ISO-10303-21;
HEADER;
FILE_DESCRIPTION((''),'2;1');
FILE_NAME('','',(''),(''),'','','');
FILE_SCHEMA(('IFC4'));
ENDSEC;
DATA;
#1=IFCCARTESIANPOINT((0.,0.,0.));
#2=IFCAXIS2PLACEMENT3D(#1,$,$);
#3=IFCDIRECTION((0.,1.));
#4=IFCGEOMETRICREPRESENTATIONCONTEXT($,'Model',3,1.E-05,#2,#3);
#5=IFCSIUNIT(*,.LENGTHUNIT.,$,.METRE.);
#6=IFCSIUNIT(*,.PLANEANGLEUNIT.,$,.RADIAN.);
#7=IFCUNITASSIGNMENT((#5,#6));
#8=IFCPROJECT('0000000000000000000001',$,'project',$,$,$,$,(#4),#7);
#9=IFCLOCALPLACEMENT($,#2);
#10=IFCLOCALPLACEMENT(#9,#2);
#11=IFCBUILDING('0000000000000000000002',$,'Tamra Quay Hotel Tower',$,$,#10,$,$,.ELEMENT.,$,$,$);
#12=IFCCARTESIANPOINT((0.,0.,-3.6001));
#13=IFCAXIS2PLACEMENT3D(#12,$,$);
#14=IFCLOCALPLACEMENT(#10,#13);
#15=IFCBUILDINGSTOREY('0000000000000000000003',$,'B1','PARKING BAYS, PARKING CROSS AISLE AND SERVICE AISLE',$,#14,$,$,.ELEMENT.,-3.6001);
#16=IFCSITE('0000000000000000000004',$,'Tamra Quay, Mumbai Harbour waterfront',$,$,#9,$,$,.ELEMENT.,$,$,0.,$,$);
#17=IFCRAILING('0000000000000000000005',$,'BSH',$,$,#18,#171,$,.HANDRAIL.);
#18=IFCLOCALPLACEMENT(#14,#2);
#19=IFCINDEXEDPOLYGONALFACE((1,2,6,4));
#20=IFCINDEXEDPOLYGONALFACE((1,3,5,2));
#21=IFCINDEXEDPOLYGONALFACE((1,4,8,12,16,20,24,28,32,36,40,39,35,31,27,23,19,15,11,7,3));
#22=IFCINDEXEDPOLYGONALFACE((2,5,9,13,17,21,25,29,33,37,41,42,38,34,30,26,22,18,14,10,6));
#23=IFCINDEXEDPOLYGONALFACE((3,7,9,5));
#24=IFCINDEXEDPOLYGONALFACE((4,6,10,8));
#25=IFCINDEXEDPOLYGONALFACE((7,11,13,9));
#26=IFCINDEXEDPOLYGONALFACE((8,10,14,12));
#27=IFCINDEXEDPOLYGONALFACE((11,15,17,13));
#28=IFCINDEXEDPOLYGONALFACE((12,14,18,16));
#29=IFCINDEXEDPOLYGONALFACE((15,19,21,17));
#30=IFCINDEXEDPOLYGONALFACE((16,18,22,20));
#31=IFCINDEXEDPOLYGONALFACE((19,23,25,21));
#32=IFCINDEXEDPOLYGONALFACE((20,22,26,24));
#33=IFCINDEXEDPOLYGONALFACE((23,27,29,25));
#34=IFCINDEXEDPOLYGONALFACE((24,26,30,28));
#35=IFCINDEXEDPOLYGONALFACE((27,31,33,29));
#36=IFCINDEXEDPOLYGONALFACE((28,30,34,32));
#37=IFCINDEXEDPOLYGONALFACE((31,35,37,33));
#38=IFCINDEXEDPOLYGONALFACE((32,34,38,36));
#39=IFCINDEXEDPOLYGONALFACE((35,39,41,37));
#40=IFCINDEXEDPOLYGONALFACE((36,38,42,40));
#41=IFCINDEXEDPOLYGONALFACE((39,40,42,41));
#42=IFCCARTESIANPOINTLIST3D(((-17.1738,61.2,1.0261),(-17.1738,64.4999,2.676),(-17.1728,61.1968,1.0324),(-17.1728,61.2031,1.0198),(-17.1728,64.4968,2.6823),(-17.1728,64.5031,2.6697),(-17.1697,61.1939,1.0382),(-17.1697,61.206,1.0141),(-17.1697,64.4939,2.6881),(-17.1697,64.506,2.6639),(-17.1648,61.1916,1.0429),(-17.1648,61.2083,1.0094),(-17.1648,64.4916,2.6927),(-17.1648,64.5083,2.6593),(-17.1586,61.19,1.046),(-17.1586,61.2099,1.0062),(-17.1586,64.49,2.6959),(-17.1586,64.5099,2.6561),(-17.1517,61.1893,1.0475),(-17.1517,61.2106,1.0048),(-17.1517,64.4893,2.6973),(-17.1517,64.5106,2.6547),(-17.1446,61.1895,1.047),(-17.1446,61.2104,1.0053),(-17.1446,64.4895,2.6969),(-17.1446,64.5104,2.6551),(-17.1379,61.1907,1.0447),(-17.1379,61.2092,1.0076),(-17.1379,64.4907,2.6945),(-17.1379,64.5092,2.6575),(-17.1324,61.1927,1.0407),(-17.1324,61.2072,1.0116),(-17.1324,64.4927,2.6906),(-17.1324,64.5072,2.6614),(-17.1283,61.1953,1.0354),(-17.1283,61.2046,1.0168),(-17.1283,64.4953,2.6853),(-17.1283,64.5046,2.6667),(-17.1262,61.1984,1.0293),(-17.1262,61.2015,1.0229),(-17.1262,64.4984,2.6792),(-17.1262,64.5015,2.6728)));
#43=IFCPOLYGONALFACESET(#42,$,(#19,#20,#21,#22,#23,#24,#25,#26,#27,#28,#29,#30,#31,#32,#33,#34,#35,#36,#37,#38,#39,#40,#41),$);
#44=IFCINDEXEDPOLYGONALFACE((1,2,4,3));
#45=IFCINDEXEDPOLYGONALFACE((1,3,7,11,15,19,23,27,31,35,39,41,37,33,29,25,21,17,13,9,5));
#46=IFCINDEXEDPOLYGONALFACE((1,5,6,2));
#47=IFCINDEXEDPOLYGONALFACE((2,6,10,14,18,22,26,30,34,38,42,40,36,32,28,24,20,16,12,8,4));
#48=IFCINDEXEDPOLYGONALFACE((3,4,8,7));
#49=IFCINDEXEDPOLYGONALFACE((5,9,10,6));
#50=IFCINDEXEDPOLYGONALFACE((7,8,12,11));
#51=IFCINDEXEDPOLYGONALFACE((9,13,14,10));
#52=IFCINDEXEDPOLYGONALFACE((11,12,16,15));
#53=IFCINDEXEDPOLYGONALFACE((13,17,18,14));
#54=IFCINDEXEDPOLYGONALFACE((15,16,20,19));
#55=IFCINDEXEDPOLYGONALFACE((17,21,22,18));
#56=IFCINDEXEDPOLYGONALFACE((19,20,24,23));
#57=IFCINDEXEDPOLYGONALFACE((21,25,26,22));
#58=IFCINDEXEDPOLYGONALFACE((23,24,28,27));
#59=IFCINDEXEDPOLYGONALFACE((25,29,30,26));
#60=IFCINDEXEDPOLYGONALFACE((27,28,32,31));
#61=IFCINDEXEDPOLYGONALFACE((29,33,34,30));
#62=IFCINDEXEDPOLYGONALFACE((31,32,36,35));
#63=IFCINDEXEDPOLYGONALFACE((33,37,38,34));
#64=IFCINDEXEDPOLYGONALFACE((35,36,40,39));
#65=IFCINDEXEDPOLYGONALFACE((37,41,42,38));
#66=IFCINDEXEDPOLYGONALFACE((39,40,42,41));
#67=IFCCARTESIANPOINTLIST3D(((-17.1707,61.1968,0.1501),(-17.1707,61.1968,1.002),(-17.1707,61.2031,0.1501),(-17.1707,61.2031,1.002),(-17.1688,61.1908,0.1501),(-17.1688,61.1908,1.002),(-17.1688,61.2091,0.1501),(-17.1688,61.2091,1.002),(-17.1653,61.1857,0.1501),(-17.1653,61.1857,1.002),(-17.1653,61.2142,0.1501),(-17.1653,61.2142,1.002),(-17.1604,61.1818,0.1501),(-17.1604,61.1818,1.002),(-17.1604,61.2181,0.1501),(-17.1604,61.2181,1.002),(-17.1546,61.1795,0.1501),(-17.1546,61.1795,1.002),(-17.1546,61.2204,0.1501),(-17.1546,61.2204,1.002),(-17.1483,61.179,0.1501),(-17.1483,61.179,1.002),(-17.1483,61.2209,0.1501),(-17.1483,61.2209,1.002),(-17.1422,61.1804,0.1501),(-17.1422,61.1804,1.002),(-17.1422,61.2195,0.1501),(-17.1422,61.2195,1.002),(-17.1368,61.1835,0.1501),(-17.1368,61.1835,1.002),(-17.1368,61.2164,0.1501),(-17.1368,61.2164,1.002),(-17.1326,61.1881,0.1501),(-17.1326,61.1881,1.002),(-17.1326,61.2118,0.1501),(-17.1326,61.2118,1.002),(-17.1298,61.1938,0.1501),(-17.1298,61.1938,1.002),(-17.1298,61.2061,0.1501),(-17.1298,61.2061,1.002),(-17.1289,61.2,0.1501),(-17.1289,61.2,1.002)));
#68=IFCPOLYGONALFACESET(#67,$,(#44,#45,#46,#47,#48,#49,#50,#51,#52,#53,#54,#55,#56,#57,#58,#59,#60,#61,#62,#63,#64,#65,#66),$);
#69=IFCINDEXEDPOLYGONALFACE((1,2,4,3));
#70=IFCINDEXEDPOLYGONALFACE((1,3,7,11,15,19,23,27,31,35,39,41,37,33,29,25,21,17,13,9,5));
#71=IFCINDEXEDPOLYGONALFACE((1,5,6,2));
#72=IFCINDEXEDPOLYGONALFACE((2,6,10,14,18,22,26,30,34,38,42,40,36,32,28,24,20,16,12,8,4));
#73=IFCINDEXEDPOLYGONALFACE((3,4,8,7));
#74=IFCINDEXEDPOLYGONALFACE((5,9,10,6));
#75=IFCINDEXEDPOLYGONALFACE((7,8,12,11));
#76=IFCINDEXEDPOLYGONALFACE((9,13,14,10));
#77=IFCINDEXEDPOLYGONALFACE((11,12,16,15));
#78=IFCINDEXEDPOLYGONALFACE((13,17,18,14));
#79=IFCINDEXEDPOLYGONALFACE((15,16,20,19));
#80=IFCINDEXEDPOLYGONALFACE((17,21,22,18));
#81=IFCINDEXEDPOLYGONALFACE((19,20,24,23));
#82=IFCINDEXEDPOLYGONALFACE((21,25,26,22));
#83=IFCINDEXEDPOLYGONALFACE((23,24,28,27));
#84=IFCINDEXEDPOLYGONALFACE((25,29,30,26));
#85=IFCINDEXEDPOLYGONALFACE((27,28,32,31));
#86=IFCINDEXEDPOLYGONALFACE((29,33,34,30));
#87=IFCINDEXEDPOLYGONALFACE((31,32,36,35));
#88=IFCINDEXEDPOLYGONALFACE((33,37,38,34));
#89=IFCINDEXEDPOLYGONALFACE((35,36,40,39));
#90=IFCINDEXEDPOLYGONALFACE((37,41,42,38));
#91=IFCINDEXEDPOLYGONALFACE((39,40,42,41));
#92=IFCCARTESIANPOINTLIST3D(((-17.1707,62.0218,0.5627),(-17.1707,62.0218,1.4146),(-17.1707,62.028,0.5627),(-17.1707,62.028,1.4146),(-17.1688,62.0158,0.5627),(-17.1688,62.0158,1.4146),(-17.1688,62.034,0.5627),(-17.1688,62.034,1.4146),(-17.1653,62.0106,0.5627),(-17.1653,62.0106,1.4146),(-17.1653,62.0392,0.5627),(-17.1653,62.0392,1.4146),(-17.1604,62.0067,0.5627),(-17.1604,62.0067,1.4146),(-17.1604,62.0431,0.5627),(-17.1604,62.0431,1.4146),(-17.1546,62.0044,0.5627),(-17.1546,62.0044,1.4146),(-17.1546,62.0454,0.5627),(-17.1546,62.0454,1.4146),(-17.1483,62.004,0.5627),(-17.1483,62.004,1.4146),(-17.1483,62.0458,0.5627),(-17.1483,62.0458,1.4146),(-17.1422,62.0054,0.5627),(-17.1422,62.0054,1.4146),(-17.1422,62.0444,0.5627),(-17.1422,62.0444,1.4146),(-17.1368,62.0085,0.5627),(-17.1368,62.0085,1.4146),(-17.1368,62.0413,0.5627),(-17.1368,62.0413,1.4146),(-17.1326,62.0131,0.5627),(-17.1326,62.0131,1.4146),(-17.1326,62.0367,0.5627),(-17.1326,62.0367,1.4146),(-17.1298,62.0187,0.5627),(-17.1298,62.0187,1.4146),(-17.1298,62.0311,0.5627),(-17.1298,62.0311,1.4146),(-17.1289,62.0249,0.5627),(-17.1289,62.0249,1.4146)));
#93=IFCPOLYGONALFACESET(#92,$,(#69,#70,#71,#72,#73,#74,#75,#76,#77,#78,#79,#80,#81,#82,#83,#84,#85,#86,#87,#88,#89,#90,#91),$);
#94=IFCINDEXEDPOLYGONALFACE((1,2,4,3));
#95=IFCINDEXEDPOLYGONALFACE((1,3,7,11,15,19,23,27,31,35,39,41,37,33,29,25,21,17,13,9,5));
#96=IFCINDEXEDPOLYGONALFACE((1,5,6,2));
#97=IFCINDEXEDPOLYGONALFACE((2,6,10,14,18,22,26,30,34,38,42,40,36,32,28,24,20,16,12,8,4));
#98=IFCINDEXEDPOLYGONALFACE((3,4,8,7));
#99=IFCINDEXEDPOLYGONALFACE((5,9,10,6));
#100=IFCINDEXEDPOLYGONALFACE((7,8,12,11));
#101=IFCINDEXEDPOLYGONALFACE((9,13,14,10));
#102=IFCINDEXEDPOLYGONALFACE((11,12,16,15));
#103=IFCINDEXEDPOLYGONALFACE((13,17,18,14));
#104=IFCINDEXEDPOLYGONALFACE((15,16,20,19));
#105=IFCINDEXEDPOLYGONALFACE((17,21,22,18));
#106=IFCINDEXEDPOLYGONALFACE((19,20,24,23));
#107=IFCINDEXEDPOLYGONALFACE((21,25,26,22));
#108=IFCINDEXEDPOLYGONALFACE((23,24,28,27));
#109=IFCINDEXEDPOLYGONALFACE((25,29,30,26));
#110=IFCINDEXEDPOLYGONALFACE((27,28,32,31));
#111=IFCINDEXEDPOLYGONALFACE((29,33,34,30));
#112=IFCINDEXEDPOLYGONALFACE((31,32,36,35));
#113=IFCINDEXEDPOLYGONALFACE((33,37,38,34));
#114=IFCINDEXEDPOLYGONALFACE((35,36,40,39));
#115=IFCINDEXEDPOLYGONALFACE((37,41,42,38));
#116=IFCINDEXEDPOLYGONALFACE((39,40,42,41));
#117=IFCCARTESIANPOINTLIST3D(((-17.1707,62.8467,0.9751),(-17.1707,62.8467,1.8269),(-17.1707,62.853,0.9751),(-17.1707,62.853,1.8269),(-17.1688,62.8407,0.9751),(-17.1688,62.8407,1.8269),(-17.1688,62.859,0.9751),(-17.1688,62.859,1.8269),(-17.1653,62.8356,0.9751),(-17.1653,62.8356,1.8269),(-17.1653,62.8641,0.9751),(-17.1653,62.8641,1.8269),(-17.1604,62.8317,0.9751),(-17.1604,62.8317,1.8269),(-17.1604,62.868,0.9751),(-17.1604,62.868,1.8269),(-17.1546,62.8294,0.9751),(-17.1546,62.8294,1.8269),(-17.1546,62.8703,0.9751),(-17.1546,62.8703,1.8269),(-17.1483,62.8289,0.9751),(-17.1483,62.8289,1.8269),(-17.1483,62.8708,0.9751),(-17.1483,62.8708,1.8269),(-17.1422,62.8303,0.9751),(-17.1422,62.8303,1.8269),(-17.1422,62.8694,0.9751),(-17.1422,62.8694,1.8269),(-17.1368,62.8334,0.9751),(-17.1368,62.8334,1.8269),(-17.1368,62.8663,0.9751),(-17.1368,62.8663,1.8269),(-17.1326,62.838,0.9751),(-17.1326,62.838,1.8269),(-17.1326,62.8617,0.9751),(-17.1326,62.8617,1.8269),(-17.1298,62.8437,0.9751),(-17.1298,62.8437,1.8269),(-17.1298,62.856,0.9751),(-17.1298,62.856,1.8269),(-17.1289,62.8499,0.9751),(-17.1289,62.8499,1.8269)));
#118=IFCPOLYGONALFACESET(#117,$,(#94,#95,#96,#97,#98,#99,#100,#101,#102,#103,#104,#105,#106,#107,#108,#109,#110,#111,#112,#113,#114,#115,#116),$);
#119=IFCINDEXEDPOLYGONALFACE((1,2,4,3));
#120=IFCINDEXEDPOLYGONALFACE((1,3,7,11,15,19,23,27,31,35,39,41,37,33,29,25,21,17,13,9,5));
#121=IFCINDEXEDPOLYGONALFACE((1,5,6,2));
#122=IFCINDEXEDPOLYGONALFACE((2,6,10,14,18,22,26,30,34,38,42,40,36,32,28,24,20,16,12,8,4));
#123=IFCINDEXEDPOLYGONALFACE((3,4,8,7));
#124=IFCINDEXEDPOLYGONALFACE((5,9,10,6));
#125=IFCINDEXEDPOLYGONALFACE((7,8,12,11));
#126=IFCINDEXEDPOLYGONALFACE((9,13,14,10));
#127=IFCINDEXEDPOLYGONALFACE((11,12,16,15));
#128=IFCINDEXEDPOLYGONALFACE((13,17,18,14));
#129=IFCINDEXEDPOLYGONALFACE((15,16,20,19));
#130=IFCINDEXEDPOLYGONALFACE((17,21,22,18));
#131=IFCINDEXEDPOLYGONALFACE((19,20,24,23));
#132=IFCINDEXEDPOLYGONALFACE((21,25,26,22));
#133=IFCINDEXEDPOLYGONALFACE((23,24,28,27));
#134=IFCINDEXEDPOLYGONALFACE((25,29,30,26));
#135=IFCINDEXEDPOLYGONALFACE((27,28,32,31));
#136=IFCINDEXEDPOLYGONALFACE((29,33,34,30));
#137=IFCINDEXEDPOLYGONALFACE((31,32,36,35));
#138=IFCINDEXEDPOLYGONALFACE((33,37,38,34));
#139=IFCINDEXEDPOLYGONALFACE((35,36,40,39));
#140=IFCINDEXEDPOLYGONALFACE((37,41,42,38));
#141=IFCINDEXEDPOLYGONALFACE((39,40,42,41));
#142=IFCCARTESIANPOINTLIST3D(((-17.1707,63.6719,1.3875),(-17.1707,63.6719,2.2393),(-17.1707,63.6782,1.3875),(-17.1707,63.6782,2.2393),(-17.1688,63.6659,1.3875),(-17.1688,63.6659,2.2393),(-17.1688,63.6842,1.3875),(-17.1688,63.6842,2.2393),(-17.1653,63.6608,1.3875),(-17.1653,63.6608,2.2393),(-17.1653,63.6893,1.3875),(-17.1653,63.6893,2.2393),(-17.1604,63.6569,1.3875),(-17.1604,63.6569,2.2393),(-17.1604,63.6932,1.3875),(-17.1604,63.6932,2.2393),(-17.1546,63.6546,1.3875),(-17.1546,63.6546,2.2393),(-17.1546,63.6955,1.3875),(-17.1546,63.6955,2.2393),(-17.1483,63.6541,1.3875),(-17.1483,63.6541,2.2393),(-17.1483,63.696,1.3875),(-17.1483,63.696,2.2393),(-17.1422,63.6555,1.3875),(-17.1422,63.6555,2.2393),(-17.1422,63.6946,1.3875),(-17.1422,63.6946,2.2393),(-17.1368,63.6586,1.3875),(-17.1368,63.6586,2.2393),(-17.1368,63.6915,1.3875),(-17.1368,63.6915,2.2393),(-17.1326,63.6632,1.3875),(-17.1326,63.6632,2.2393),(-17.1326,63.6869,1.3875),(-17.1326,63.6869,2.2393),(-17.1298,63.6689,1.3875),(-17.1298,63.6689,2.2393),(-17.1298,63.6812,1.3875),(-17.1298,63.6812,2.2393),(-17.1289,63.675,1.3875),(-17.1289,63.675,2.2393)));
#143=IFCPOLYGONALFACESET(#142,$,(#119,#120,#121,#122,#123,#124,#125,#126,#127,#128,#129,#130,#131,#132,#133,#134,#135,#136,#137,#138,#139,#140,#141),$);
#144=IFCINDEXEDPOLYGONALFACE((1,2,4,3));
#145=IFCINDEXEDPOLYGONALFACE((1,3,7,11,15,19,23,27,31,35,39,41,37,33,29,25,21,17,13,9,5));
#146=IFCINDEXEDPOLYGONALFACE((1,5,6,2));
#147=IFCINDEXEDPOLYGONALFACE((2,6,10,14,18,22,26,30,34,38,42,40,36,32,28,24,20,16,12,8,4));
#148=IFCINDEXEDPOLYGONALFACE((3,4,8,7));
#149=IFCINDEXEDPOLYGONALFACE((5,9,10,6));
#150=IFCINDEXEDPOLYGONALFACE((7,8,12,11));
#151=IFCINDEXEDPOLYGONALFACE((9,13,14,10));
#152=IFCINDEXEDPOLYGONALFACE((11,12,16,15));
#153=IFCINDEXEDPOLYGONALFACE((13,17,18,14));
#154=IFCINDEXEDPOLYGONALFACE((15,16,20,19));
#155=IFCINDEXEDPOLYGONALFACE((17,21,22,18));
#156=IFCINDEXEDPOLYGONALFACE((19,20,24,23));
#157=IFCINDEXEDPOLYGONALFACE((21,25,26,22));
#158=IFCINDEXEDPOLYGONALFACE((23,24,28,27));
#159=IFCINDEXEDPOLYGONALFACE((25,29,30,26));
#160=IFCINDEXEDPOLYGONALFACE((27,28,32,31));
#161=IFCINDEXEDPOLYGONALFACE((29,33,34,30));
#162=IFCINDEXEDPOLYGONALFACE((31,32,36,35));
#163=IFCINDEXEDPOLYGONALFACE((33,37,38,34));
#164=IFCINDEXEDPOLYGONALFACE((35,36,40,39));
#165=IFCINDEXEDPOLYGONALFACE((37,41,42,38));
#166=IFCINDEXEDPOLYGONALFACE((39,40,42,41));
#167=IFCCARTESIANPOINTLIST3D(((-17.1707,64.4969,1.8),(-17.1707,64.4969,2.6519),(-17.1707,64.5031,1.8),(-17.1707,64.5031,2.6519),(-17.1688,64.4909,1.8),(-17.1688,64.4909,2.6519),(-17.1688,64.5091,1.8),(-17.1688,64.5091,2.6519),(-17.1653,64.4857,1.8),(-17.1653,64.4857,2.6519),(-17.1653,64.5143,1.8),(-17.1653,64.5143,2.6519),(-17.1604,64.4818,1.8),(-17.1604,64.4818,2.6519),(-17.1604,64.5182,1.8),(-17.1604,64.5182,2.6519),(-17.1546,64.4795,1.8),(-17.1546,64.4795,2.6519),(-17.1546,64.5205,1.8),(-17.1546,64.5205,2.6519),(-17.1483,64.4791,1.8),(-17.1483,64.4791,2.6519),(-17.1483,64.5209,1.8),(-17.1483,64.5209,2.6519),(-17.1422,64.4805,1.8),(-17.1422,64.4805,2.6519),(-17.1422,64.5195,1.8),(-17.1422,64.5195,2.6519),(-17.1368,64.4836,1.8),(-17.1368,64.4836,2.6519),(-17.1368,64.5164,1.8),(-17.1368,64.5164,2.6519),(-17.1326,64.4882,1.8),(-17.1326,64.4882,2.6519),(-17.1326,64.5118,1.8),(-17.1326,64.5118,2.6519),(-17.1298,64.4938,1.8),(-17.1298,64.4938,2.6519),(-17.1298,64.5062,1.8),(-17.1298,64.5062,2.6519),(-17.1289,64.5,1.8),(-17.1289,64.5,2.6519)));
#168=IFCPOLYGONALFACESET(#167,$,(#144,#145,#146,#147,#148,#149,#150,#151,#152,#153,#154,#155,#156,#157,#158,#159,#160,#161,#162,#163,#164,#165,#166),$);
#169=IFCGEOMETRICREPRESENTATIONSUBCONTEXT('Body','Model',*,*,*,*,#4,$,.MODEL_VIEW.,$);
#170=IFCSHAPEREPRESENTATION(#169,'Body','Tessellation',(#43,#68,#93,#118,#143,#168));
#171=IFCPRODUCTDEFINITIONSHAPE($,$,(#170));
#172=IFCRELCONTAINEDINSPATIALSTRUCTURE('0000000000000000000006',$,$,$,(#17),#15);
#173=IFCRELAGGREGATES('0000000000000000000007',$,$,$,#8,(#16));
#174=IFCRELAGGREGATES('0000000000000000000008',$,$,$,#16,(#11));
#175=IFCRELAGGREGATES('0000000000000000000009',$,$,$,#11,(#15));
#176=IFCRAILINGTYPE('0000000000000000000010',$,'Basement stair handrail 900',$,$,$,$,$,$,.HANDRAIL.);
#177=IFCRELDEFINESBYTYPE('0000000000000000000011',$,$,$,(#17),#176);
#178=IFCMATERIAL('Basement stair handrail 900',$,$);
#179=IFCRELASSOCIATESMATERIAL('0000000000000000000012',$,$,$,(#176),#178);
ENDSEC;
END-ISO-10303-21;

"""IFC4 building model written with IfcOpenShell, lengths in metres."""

from ifc_helpers import new_model, si_unit, direction, frame, origin, origin_2d, place, context, subcontext, project, spatial, circle, extrude, material, type_object, element, save


model = new_model("IFC4")

# Units and contexts
model_context = context("Model", 3, precision=1e-05, world=origin(), true_north=direction((0.0, 1.0)))
body_context = subcontext(model_context, "Body", "Model", "MODEL_VIEW")
ifc_project = project(units=[si_unit("LENGTHUNIT", "METRE"), si_unit("PLANEANGLEUNIT", "RADIAN")], contexts=[model_context])

# Site, building, storey
site_placement = place(None, origin())
site = spatial("IfcSite", under=ifc_project, at=site_placement, Name="Tamra Quay, Mumbai Harbour waterfront", CompositionType="ELEMENT", RefElevation=0.0)
building_placement = place(site_placement, origin())
building = spatial("IfcBuilding", under=site, at=building_placement, Name="Tamra Quay Hotel Tower", CompositionType="ELEMENT")
storey_placement = place(building_placement, frame((0.0, 0.0, -3.6001)))
storey = spatial("IfcBuildingStorey", under=building, at=storey_placement, Name="B1", Description="PARKING BAYS, PARKING CROSS AISLE AND SERVICE AISLE", CompositionType="ELEMENT", Elevation=-3.6001)

# Railing
ifc_material_1 = material(Name="Basement stair handrail 900")
railing_type_1 = type_object("IfcRailingType", Name="Basement stair handrail 900", PredefinedType="HANDRAIL", material=ifc_material_1)
railing_1_placement = place(storey_placement, frame((-17.1499, 61.2, 0.1501)))
element("IfcRailing", 1, at=railing_1_placement, inside=storey, type_object=railing_type_1, Name="BSH", PredefinedType="HANDRAIL", context=body_context, shape_type="SweptSolid", body=[
    extrude(circle(Radius=0.0239, at=origin_2d()), frame((0.0, 0.0, 0.876), z_axis=(0.0, 0.89444, 0.447187), x_axis=(-1.0, 0.0, 0.0)), (0.0, 0.0, 1.0), 3.6895),
    extrude(circle(Radius=0.021, at=origin_2d()), origin(), (0.0, 0.0, 1.0), 0.8518),
    extrude(circle(Radius=0.021, at=origin_2d()), frame((0.0, 0.825, 0.4126)), (0.0, 0.0, 1.0), 0.8518),
    extrude(circle(Radius=0.021, at=origin_2d()), frame((0.0, 1.6499, 0.825)), (0.0, 0.0, 1.0), 0.8518),
    extrude(circle(Radius=0.021, at=origin_2d()), frame((0.0, 2.4751, 1.2373)), (0.0, 0.0, 1.0), 0.8518),
    extrude(circle(Radius=0.021, at=origin_2d()), frame((0.0, 3.3, 1.6499)), (0.0, 0.0, 1.0), 0.8518),
])

save(model, "model.ifc")
